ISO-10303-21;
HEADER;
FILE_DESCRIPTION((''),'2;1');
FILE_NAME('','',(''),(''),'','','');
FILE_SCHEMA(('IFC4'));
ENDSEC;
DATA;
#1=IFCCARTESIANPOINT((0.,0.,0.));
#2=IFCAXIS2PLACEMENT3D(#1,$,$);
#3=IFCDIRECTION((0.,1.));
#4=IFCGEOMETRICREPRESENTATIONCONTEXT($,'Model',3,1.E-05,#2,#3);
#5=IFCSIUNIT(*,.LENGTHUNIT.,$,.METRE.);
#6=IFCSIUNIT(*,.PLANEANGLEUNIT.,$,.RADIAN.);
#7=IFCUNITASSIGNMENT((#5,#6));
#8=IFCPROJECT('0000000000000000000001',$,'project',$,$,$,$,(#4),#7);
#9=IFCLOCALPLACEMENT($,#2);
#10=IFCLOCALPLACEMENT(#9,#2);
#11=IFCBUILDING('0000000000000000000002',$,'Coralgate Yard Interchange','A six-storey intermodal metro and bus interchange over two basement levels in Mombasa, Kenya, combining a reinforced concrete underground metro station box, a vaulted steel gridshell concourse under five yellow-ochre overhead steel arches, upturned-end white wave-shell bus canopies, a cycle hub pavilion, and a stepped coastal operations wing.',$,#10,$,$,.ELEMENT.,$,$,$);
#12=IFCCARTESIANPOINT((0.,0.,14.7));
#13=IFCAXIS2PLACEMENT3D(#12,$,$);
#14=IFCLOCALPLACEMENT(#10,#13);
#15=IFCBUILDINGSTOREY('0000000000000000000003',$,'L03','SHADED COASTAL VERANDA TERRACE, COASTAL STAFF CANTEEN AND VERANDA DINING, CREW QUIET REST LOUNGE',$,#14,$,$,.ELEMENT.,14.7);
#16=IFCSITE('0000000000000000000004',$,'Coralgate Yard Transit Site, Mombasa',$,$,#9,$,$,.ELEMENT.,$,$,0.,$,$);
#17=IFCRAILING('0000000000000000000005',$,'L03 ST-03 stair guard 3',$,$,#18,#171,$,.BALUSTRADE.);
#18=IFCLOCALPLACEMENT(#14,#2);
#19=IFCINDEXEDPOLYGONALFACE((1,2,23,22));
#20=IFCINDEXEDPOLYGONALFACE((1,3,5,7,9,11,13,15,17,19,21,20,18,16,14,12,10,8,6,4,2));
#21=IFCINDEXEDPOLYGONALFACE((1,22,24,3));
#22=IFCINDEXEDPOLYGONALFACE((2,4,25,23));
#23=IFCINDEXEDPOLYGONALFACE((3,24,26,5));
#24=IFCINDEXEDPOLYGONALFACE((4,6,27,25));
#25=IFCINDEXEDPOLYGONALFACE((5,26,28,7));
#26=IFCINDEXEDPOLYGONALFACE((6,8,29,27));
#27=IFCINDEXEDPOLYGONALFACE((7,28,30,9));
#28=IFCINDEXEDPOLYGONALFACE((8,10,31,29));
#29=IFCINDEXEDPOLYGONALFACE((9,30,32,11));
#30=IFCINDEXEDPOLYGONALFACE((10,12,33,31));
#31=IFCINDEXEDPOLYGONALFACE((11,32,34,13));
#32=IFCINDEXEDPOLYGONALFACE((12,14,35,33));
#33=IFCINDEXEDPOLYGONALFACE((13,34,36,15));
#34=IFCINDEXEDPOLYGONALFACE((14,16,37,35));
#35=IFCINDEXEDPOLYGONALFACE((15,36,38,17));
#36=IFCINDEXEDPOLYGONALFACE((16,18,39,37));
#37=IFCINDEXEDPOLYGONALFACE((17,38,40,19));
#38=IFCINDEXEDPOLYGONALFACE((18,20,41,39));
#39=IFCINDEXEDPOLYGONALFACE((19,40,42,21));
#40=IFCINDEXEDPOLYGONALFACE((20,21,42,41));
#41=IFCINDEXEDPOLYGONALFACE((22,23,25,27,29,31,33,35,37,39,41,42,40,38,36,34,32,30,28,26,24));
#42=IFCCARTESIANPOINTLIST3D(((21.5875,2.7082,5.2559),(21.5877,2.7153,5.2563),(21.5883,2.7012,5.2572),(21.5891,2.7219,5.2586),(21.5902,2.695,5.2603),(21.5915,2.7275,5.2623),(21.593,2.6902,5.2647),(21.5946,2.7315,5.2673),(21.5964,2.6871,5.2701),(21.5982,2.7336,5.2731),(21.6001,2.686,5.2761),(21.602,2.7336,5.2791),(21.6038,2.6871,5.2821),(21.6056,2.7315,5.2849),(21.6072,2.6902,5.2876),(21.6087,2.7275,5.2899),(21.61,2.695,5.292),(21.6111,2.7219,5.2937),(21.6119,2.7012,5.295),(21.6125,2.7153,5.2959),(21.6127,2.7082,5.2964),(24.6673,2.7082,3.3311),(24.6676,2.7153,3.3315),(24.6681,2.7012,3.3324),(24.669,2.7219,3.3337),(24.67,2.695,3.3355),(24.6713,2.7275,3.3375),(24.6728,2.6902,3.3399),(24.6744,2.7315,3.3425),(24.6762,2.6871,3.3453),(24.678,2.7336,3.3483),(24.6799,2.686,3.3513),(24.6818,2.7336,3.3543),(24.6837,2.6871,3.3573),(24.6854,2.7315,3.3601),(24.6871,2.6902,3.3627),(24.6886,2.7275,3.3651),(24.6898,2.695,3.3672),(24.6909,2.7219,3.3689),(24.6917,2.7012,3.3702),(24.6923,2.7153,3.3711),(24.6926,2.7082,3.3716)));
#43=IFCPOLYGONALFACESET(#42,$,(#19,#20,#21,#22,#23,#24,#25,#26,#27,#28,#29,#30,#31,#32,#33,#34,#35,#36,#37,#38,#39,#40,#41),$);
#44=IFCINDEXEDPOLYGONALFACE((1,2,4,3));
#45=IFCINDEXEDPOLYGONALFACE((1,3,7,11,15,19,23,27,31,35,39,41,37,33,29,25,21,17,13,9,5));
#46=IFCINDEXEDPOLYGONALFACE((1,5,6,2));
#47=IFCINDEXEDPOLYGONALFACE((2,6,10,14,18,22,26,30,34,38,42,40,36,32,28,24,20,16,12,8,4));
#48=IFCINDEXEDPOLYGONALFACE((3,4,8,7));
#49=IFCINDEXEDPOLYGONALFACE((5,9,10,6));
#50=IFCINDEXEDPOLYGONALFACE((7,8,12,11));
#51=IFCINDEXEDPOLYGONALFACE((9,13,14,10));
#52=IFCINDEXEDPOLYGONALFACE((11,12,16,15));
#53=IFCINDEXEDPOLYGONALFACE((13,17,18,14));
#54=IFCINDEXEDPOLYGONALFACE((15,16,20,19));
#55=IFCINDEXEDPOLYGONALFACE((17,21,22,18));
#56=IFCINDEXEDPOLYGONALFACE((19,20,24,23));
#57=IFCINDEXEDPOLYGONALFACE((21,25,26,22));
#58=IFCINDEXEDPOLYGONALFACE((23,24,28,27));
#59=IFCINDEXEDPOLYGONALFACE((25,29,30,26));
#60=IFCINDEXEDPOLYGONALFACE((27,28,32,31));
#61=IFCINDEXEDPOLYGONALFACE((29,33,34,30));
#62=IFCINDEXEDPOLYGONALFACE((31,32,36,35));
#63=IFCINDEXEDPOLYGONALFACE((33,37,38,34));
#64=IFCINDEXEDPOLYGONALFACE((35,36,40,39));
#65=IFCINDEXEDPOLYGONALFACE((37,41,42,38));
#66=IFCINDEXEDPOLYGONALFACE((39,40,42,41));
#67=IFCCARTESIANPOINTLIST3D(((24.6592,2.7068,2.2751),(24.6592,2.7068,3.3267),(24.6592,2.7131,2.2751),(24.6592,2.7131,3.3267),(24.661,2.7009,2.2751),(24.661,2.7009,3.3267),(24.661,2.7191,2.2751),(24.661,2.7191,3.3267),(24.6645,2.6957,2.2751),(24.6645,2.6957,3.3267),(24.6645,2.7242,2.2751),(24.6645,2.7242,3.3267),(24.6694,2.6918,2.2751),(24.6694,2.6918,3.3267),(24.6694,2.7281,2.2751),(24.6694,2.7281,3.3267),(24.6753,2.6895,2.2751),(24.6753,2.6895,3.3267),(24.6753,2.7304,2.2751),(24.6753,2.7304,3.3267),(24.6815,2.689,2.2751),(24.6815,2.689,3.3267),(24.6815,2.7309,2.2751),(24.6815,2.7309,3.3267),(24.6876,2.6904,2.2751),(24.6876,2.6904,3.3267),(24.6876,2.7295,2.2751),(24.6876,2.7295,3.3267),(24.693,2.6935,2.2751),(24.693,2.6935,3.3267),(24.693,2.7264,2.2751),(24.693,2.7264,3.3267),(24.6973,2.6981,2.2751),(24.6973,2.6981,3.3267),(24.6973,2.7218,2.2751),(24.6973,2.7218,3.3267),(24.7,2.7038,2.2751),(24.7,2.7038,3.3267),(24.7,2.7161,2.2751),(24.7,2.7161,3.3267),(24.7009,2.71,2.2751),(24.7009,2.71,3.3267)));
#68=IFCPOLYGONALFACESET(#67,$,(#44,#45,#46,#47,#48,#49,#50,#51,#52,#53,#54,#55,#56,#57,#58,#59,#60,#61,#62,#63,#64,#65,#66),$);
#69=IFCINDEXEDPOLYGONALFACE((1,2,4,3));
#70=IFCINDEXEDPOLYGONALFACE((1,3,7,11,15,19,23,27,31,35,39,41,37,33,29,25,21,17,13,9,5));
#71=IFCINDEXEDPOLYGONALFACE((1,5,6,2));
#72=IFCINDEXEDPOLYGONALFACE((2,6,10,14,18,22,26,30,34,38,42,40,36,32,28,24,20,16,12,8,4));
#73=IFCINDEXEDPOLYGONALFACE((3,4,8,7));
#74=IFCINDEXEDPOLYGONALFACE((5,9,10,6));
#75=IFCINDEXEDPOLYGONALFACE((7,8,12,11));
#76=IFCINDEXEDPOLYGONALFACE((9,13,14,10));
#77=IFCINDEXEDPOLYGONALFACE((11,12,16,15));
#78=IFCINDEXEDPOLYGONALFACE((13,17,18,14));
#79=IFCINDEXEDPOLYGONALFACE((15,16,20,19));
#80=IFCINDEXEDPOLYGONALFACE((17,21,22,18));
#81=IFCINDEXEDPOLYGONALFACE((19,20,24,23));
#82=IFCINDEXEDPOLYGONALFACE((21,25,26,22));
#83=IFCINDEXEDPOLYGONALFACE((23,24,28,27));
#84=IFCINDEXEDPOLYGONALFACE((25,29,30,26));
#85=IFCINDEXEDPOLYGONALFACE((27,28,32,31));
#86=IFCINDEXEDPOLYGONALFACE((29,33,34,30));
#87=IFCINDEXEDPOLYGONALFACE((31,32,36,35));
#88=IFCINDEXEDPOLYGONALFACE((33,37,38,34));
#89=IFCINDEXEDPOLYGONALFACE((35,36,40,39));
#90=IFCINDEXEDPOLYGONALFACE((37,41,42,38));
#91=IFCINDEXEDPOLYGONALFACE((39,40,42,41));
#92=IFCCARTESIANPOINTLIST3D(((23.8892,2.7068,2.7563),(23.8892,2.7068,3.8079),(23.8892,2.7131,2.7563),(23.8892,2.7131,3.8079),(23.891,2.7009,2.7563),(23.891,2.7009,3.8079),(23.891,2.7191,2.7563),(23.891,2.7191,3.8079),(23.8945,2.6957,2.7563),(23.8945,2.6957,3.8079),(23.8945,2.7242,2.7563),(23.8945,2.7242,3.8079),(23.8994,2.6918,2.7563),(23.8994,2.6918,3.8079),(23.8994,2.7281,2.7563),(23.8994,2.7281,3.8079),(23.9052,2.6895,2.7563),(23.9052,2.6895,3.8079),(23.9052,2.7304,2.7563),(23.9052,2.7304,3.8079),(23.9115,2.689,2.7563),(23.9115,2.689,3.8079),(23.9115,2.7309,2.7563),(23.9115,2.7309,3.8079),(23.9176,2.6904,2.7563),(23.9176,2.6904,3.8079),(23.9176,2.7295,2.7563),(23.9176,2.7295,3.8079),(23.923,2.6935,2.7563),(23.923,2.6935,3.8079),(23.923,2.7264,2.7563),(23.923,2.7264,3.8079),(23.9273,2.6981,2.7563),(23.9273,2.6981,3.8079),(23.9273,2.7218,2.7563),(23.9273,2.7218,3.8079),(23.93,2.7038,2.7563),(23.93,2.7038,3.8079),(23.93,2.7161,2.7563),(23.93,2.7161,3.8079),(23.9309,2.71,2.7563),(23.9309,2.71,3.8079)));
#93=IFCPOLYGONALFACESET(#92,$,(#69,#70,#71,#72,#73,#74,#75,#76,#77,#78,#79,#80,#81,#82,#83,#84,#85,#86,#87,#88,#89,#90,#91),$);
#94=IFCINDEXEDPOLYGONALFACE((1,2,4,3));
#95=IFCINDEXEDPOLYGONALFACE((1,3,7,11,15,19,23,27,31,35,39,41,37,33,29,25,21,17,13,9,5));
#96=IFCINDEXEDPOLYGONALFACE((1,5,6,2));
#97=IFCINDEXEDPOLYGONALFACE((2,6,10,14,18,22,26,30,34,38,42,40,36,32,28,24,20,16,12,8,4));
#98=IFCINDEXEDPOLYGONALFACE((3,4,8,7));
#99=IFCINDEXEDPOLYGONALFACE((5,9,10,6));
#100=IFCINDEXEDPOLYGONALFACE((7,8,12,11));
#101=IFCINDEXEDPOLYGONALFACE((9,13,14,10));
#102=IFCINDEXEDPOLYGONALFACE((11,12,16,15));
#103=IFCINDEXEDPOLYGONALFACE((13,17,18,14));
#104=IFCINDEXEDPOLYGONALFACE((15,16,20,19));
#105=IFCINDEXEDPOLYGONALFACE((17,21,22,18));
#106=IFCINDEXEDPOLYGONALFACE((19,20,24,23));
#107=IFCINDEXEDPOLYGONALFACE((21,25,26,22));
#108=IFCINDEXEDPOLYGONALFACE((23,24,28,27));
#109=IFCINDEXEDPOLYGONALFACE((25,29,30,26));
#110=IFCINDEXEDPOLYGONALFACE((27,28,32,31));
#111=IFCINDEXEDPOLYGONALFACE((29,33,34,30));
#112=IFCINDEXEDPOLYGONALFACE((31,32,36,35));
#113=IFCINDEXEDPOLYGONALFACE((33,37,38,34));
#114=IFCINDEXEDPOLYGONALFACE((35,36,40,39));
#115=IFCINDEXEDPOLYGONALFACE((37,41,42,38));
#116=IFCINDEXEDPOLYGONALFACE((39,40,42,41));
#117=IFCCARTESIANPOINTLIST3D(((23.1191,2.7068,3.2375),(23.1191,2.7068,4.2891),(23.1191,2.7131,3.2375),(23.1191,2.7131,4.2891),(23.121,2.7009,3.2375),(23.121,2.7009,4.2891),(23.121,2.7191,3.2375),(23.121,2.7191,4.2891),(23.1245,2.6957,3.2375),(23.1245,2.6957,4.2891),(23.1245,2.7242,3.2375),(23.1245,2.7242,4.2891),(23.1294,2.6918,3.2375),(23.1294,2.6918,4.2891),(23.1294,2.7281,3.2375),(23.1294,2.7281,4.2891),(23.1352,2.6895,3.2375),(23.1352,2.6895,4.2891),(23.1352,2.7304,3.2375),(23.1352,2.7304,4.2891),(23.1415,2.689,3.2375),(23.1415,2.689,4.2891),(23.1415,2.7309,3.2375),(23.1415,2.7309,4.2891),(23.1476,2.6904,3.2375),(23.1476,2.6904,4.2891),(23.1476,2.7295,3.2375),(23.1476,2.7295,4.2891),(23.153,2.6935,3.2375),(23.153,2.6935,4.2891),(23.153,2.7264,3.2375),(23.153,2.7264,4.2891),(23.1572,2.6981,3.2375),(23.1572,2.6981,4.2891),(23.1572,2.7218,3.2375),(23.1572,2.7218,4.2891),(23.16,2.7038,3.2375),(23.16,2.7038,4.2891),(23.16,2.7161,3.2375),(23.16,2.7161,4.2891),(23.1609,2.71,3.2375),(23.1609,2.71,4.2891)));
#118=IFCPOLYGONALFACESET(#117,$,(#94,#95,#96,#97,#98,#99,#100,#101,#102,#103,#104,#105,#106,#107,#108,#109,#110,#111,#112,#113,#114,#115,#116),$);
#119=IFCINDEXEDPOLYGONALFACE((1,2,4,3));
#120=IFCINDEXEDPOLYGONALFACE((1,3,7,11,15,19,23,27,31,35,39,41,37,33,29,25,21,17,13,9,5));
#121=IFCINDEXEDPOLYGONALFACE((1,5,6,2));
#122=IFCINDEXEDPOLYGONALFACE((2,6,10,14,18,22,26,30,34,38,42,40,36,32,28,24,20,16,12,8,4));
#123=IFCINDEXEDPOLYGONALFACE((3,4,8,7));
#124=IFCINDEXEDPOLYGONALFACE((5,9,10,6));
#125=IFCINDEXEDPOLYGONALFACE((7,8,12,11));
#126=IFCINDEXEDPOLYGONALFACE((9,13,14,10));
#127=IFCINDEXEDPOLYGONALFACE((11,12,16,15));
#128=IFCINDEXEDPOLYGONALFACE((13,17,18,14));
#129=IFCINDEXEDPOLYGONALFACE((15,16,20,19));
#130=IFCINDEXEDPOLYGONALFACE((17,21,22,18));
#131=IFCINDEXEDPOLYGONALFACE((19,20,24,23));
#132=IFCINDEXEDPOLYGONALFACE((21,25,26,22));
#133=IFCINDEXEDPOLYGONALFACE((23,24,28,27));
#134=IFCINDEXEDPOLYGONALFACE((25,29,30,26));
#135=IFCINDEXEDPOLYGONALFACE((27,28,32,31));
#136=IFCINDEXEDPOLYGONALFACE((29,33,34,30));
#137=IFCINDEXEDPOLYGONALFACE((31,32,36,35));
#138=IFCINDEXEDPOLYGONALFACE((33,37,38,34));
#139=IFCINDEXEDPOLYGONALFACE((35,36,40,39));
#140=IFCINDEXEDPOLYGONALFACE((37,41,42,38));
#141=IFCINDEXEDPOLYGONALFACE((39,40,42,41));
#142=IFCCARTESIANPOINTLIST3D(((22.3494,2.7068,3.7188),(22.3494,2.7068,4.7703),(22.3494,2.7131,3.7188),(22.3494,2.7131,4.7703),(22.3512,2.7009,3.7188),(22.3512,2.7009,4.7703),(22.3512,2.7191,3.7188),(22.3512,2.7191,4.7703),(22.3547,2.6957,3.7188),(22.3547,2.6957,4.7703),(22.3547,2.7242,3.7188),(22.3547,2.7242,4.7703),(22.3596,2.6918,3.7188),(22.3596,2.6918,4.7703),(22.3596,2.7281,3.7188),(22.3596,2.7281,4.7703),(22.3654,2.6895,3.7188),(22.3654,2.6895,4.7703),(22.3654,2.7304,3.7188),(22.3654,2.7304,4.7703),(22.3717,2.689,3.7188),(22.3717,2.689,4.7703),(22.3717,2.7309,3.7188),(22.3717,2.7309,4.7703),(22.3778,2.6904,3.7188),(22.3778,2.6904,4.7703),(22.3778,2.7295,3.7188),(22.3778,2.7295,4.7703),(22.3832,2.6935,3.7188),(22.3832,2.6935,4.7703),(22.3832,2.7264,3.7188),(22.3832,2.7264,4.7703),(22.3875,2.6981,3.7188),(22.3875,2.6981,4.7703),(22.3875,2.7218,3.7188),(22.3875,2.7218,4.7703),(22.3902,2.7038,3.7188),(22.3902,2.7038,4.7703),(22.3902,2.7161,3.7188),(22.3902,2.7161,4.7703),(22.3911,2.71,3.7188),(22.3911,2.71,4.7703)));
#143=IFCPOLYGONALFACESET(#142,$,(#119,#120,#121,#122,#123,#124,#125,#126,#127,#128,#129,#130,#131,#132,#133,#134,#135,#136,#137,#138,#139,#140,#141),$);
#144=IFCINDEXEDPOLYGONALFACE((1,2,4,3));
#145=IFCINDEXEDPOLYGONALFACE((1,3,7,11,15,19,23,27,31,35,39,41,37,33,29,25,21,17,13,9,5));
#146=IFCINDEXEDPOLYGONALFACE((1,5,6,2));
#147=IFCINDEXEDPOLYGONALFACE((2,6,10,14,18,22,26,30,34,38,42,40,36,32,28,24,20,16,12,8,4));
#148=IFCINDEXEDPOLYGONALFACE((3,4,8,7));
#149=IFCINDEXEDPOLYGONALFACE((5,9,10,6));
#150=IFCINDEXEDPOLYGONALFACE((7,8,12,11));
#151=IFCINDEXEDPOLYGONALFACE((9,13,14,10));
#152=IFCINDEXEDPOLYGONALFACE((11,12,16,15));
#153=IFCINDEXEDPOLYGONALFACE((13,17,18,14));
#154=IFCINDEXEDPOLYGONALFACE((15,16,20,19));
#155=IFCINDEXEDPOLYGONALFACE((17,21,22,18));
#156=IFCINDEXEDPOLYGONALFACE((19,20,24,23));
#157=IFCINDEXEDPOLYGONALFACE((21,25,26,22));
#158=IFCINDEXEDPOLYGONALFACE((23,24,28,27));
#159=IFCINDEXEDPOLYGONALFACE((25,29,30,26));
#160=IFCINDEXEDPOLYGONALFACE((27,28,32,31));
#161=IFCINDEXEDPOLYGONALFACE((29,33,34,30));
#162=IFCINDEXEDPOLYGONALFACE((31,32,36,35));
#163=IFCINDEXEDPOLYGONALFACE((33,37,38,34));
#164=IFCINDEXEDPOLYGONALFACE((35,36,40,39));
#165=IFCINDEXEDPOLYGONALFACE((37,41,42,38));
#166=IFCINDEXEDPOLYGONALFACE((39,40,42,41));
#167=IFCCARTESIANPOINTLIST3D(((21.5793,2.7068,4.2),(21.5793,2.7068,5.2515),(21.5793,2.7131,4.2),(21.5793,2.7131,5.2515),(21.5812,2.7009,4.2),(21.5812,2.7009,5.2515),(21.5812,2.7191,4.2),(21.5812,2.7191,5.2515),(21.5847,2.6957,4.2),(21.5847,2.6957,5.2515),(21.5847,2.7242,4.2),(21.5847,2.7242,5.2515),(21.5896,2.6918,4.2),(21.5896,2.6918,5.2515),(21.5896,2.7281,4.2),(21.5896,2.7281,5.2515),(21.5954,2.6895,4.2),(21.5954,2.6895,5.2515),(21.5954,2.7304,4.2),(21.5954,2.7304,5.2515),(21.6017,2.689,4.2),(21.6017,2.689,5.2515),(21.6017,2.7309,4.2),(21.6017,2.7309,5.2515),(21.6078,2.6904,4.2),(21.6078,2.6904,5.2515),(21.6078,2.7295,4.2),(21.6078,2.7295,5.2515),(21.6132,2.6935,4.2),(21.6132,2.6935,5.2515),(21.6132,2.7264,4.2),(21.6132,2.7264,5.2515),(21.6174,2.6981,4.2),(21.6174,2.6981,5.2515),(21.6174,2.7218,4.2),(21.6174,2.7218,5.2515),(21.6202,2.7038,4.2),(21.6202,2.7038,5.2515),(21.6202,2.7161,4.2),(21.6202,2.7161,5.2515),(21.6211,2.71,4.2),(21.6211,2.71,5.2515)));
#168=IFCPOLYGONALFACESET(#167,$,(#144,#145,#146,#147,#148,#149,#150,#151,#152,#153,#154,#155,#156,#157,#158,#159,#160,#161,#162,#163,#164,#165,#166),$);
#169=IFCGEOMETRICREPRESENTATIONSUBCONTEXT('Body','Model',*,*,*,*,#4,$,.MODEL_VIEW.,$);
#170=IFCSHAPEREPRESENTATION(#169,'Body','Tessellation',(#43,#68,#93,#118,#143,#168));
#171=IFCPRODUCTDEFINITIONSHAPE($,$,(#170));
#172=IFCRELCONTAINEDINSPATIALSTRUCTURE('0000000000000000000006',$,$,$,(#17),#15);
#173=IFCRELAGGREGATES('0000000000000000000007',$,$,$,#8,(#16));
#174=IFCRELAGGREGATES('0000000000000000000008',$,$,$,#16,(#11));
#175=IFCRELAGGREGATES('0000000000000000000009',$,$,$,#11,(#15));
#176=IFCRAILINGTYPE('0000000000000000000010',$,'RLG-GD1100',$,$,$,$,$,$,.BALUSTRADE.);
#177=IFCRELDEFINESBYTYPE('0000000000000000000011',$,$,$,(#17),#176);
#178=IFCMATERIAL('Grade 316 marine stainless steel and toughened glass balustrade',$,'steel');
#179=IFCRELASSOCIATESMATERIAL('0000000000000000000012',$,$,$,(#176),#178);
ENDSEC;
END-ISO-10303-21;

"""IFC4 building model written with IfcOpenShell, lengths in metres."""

from ifc_helpers import new_model, si_unit, direction, frame, origin, origin_2d, place, context, subcontext, project, spatial, circle, extrude, material, type_object, element, save


model = new_model("IFC4")

# Units and contexts
model_context = context("Model", 3, precision=1e-05, world=origin(), true_north=direction((0.0, 1.0)))
body_context = subcontext(model_context, "Body", "Model", "MODEL_VIEW")
ifc_project = project(units=[si_unit("LENGTHUNIT", "METRE"), si_unit("PLANEANGLEUNIT", "RADIAN")], contexts=[model_context])

# Site, building, storey
site_placement = place(None, origin())
site = spatial("IfcSite", under=ifc_project, at=site_placement, Name="Coralgate Yard Transit Site, Mombasa", CompositionType="ELEMENT", RefElevation=0.0)
building_placement = place(site_placement, origin())
building = spatial("IfcBuilding", under=site, at=building_placement, Name="Coralgate Yard Interchange", Description="A six-storey intermodal metro and bus interchange over two basement levels in Mombasa, Kenya, combining a reinforced concrete underground metro station box, a vaulted steel gridshell concourse under five yellow-ochre overhead steel arches, upturned-end white wave-shell bus canopies, a cycle hub pavilion, and a stepped coastal operations wing.", CompositionType="ELEMENT")
storey_placement = place(building_placement, frame((0.0, 0.0, 14.7)))
storey = spatial("IfcBuildingStorey", under=building, at=storey_placement, Name="L03", Description="SHADED COASTAL VERANDA TERRACE, COASTAL STAFF CANTEEN AND VERANDA DINING, CREW QUIET REST LOUNGE", CompositionType="ELEMENT", Elevation=14.7)

# Railing
ifc_material_1 = material(Name="Grade 316 marine stainless steel and toughened glass balustrade", Category="steel")
railing_type_1 = type_object("IfcRailingType", Name="RLG-GD1100", PredefinedType="BALUSTRADE", material=ifc_material_1)
railing_1_placement = place(storey_placement, frame((24.6799, 2.71, 2.2751)))
element("IfcRailing", 1, at=railing_1_placement, inside=storey, type_object=railing_type_1, Name="L03 ST-03 stair guard 3", PredefinedType="BALUSTRADE", context=body_context, shape_type="SweptSolid", body=[
    extrude(circle(Radius=0.0239, at=origin_2d()), frame((0.0, 0.0, 1.0762), z_axis=(-0.84801, 0.0, 0.529981), x_axis=(0.0, -1.0, 0.0)), (0.0, 0.0, 1.0), 3.6318),
    extrude(circle(Radius=0.021, at=origin_2d()), origin(), (0.0, 0.0, 1.0), 1.0515),
    extrude(circle(Radius=0.021, at=origin_2d()), frame((-0.77, 0.0, 0.4812)), (0.0, 0.0, 1.0), 1.0515),
    extrude(circle(Radius=0.021, at=origin_2d()), frame((-1.54, 0.0, 0.9624)), (0.0, 0.0, 1.0), 1.0515),
    extrude(circle(Radius=0.021, at=origin_2d()), frame((-2.3098, 0.0, 1.4436)), (0.0, 0.0, 1.0), 1.0515),
    extrude(circle(Radius=0.021, at=origin_2d()), frame((-3.0798, 0.0, 1.9248)), (0.0, 0.0, 1.0), 1.0515),
])

save(model, "model.ifc")
